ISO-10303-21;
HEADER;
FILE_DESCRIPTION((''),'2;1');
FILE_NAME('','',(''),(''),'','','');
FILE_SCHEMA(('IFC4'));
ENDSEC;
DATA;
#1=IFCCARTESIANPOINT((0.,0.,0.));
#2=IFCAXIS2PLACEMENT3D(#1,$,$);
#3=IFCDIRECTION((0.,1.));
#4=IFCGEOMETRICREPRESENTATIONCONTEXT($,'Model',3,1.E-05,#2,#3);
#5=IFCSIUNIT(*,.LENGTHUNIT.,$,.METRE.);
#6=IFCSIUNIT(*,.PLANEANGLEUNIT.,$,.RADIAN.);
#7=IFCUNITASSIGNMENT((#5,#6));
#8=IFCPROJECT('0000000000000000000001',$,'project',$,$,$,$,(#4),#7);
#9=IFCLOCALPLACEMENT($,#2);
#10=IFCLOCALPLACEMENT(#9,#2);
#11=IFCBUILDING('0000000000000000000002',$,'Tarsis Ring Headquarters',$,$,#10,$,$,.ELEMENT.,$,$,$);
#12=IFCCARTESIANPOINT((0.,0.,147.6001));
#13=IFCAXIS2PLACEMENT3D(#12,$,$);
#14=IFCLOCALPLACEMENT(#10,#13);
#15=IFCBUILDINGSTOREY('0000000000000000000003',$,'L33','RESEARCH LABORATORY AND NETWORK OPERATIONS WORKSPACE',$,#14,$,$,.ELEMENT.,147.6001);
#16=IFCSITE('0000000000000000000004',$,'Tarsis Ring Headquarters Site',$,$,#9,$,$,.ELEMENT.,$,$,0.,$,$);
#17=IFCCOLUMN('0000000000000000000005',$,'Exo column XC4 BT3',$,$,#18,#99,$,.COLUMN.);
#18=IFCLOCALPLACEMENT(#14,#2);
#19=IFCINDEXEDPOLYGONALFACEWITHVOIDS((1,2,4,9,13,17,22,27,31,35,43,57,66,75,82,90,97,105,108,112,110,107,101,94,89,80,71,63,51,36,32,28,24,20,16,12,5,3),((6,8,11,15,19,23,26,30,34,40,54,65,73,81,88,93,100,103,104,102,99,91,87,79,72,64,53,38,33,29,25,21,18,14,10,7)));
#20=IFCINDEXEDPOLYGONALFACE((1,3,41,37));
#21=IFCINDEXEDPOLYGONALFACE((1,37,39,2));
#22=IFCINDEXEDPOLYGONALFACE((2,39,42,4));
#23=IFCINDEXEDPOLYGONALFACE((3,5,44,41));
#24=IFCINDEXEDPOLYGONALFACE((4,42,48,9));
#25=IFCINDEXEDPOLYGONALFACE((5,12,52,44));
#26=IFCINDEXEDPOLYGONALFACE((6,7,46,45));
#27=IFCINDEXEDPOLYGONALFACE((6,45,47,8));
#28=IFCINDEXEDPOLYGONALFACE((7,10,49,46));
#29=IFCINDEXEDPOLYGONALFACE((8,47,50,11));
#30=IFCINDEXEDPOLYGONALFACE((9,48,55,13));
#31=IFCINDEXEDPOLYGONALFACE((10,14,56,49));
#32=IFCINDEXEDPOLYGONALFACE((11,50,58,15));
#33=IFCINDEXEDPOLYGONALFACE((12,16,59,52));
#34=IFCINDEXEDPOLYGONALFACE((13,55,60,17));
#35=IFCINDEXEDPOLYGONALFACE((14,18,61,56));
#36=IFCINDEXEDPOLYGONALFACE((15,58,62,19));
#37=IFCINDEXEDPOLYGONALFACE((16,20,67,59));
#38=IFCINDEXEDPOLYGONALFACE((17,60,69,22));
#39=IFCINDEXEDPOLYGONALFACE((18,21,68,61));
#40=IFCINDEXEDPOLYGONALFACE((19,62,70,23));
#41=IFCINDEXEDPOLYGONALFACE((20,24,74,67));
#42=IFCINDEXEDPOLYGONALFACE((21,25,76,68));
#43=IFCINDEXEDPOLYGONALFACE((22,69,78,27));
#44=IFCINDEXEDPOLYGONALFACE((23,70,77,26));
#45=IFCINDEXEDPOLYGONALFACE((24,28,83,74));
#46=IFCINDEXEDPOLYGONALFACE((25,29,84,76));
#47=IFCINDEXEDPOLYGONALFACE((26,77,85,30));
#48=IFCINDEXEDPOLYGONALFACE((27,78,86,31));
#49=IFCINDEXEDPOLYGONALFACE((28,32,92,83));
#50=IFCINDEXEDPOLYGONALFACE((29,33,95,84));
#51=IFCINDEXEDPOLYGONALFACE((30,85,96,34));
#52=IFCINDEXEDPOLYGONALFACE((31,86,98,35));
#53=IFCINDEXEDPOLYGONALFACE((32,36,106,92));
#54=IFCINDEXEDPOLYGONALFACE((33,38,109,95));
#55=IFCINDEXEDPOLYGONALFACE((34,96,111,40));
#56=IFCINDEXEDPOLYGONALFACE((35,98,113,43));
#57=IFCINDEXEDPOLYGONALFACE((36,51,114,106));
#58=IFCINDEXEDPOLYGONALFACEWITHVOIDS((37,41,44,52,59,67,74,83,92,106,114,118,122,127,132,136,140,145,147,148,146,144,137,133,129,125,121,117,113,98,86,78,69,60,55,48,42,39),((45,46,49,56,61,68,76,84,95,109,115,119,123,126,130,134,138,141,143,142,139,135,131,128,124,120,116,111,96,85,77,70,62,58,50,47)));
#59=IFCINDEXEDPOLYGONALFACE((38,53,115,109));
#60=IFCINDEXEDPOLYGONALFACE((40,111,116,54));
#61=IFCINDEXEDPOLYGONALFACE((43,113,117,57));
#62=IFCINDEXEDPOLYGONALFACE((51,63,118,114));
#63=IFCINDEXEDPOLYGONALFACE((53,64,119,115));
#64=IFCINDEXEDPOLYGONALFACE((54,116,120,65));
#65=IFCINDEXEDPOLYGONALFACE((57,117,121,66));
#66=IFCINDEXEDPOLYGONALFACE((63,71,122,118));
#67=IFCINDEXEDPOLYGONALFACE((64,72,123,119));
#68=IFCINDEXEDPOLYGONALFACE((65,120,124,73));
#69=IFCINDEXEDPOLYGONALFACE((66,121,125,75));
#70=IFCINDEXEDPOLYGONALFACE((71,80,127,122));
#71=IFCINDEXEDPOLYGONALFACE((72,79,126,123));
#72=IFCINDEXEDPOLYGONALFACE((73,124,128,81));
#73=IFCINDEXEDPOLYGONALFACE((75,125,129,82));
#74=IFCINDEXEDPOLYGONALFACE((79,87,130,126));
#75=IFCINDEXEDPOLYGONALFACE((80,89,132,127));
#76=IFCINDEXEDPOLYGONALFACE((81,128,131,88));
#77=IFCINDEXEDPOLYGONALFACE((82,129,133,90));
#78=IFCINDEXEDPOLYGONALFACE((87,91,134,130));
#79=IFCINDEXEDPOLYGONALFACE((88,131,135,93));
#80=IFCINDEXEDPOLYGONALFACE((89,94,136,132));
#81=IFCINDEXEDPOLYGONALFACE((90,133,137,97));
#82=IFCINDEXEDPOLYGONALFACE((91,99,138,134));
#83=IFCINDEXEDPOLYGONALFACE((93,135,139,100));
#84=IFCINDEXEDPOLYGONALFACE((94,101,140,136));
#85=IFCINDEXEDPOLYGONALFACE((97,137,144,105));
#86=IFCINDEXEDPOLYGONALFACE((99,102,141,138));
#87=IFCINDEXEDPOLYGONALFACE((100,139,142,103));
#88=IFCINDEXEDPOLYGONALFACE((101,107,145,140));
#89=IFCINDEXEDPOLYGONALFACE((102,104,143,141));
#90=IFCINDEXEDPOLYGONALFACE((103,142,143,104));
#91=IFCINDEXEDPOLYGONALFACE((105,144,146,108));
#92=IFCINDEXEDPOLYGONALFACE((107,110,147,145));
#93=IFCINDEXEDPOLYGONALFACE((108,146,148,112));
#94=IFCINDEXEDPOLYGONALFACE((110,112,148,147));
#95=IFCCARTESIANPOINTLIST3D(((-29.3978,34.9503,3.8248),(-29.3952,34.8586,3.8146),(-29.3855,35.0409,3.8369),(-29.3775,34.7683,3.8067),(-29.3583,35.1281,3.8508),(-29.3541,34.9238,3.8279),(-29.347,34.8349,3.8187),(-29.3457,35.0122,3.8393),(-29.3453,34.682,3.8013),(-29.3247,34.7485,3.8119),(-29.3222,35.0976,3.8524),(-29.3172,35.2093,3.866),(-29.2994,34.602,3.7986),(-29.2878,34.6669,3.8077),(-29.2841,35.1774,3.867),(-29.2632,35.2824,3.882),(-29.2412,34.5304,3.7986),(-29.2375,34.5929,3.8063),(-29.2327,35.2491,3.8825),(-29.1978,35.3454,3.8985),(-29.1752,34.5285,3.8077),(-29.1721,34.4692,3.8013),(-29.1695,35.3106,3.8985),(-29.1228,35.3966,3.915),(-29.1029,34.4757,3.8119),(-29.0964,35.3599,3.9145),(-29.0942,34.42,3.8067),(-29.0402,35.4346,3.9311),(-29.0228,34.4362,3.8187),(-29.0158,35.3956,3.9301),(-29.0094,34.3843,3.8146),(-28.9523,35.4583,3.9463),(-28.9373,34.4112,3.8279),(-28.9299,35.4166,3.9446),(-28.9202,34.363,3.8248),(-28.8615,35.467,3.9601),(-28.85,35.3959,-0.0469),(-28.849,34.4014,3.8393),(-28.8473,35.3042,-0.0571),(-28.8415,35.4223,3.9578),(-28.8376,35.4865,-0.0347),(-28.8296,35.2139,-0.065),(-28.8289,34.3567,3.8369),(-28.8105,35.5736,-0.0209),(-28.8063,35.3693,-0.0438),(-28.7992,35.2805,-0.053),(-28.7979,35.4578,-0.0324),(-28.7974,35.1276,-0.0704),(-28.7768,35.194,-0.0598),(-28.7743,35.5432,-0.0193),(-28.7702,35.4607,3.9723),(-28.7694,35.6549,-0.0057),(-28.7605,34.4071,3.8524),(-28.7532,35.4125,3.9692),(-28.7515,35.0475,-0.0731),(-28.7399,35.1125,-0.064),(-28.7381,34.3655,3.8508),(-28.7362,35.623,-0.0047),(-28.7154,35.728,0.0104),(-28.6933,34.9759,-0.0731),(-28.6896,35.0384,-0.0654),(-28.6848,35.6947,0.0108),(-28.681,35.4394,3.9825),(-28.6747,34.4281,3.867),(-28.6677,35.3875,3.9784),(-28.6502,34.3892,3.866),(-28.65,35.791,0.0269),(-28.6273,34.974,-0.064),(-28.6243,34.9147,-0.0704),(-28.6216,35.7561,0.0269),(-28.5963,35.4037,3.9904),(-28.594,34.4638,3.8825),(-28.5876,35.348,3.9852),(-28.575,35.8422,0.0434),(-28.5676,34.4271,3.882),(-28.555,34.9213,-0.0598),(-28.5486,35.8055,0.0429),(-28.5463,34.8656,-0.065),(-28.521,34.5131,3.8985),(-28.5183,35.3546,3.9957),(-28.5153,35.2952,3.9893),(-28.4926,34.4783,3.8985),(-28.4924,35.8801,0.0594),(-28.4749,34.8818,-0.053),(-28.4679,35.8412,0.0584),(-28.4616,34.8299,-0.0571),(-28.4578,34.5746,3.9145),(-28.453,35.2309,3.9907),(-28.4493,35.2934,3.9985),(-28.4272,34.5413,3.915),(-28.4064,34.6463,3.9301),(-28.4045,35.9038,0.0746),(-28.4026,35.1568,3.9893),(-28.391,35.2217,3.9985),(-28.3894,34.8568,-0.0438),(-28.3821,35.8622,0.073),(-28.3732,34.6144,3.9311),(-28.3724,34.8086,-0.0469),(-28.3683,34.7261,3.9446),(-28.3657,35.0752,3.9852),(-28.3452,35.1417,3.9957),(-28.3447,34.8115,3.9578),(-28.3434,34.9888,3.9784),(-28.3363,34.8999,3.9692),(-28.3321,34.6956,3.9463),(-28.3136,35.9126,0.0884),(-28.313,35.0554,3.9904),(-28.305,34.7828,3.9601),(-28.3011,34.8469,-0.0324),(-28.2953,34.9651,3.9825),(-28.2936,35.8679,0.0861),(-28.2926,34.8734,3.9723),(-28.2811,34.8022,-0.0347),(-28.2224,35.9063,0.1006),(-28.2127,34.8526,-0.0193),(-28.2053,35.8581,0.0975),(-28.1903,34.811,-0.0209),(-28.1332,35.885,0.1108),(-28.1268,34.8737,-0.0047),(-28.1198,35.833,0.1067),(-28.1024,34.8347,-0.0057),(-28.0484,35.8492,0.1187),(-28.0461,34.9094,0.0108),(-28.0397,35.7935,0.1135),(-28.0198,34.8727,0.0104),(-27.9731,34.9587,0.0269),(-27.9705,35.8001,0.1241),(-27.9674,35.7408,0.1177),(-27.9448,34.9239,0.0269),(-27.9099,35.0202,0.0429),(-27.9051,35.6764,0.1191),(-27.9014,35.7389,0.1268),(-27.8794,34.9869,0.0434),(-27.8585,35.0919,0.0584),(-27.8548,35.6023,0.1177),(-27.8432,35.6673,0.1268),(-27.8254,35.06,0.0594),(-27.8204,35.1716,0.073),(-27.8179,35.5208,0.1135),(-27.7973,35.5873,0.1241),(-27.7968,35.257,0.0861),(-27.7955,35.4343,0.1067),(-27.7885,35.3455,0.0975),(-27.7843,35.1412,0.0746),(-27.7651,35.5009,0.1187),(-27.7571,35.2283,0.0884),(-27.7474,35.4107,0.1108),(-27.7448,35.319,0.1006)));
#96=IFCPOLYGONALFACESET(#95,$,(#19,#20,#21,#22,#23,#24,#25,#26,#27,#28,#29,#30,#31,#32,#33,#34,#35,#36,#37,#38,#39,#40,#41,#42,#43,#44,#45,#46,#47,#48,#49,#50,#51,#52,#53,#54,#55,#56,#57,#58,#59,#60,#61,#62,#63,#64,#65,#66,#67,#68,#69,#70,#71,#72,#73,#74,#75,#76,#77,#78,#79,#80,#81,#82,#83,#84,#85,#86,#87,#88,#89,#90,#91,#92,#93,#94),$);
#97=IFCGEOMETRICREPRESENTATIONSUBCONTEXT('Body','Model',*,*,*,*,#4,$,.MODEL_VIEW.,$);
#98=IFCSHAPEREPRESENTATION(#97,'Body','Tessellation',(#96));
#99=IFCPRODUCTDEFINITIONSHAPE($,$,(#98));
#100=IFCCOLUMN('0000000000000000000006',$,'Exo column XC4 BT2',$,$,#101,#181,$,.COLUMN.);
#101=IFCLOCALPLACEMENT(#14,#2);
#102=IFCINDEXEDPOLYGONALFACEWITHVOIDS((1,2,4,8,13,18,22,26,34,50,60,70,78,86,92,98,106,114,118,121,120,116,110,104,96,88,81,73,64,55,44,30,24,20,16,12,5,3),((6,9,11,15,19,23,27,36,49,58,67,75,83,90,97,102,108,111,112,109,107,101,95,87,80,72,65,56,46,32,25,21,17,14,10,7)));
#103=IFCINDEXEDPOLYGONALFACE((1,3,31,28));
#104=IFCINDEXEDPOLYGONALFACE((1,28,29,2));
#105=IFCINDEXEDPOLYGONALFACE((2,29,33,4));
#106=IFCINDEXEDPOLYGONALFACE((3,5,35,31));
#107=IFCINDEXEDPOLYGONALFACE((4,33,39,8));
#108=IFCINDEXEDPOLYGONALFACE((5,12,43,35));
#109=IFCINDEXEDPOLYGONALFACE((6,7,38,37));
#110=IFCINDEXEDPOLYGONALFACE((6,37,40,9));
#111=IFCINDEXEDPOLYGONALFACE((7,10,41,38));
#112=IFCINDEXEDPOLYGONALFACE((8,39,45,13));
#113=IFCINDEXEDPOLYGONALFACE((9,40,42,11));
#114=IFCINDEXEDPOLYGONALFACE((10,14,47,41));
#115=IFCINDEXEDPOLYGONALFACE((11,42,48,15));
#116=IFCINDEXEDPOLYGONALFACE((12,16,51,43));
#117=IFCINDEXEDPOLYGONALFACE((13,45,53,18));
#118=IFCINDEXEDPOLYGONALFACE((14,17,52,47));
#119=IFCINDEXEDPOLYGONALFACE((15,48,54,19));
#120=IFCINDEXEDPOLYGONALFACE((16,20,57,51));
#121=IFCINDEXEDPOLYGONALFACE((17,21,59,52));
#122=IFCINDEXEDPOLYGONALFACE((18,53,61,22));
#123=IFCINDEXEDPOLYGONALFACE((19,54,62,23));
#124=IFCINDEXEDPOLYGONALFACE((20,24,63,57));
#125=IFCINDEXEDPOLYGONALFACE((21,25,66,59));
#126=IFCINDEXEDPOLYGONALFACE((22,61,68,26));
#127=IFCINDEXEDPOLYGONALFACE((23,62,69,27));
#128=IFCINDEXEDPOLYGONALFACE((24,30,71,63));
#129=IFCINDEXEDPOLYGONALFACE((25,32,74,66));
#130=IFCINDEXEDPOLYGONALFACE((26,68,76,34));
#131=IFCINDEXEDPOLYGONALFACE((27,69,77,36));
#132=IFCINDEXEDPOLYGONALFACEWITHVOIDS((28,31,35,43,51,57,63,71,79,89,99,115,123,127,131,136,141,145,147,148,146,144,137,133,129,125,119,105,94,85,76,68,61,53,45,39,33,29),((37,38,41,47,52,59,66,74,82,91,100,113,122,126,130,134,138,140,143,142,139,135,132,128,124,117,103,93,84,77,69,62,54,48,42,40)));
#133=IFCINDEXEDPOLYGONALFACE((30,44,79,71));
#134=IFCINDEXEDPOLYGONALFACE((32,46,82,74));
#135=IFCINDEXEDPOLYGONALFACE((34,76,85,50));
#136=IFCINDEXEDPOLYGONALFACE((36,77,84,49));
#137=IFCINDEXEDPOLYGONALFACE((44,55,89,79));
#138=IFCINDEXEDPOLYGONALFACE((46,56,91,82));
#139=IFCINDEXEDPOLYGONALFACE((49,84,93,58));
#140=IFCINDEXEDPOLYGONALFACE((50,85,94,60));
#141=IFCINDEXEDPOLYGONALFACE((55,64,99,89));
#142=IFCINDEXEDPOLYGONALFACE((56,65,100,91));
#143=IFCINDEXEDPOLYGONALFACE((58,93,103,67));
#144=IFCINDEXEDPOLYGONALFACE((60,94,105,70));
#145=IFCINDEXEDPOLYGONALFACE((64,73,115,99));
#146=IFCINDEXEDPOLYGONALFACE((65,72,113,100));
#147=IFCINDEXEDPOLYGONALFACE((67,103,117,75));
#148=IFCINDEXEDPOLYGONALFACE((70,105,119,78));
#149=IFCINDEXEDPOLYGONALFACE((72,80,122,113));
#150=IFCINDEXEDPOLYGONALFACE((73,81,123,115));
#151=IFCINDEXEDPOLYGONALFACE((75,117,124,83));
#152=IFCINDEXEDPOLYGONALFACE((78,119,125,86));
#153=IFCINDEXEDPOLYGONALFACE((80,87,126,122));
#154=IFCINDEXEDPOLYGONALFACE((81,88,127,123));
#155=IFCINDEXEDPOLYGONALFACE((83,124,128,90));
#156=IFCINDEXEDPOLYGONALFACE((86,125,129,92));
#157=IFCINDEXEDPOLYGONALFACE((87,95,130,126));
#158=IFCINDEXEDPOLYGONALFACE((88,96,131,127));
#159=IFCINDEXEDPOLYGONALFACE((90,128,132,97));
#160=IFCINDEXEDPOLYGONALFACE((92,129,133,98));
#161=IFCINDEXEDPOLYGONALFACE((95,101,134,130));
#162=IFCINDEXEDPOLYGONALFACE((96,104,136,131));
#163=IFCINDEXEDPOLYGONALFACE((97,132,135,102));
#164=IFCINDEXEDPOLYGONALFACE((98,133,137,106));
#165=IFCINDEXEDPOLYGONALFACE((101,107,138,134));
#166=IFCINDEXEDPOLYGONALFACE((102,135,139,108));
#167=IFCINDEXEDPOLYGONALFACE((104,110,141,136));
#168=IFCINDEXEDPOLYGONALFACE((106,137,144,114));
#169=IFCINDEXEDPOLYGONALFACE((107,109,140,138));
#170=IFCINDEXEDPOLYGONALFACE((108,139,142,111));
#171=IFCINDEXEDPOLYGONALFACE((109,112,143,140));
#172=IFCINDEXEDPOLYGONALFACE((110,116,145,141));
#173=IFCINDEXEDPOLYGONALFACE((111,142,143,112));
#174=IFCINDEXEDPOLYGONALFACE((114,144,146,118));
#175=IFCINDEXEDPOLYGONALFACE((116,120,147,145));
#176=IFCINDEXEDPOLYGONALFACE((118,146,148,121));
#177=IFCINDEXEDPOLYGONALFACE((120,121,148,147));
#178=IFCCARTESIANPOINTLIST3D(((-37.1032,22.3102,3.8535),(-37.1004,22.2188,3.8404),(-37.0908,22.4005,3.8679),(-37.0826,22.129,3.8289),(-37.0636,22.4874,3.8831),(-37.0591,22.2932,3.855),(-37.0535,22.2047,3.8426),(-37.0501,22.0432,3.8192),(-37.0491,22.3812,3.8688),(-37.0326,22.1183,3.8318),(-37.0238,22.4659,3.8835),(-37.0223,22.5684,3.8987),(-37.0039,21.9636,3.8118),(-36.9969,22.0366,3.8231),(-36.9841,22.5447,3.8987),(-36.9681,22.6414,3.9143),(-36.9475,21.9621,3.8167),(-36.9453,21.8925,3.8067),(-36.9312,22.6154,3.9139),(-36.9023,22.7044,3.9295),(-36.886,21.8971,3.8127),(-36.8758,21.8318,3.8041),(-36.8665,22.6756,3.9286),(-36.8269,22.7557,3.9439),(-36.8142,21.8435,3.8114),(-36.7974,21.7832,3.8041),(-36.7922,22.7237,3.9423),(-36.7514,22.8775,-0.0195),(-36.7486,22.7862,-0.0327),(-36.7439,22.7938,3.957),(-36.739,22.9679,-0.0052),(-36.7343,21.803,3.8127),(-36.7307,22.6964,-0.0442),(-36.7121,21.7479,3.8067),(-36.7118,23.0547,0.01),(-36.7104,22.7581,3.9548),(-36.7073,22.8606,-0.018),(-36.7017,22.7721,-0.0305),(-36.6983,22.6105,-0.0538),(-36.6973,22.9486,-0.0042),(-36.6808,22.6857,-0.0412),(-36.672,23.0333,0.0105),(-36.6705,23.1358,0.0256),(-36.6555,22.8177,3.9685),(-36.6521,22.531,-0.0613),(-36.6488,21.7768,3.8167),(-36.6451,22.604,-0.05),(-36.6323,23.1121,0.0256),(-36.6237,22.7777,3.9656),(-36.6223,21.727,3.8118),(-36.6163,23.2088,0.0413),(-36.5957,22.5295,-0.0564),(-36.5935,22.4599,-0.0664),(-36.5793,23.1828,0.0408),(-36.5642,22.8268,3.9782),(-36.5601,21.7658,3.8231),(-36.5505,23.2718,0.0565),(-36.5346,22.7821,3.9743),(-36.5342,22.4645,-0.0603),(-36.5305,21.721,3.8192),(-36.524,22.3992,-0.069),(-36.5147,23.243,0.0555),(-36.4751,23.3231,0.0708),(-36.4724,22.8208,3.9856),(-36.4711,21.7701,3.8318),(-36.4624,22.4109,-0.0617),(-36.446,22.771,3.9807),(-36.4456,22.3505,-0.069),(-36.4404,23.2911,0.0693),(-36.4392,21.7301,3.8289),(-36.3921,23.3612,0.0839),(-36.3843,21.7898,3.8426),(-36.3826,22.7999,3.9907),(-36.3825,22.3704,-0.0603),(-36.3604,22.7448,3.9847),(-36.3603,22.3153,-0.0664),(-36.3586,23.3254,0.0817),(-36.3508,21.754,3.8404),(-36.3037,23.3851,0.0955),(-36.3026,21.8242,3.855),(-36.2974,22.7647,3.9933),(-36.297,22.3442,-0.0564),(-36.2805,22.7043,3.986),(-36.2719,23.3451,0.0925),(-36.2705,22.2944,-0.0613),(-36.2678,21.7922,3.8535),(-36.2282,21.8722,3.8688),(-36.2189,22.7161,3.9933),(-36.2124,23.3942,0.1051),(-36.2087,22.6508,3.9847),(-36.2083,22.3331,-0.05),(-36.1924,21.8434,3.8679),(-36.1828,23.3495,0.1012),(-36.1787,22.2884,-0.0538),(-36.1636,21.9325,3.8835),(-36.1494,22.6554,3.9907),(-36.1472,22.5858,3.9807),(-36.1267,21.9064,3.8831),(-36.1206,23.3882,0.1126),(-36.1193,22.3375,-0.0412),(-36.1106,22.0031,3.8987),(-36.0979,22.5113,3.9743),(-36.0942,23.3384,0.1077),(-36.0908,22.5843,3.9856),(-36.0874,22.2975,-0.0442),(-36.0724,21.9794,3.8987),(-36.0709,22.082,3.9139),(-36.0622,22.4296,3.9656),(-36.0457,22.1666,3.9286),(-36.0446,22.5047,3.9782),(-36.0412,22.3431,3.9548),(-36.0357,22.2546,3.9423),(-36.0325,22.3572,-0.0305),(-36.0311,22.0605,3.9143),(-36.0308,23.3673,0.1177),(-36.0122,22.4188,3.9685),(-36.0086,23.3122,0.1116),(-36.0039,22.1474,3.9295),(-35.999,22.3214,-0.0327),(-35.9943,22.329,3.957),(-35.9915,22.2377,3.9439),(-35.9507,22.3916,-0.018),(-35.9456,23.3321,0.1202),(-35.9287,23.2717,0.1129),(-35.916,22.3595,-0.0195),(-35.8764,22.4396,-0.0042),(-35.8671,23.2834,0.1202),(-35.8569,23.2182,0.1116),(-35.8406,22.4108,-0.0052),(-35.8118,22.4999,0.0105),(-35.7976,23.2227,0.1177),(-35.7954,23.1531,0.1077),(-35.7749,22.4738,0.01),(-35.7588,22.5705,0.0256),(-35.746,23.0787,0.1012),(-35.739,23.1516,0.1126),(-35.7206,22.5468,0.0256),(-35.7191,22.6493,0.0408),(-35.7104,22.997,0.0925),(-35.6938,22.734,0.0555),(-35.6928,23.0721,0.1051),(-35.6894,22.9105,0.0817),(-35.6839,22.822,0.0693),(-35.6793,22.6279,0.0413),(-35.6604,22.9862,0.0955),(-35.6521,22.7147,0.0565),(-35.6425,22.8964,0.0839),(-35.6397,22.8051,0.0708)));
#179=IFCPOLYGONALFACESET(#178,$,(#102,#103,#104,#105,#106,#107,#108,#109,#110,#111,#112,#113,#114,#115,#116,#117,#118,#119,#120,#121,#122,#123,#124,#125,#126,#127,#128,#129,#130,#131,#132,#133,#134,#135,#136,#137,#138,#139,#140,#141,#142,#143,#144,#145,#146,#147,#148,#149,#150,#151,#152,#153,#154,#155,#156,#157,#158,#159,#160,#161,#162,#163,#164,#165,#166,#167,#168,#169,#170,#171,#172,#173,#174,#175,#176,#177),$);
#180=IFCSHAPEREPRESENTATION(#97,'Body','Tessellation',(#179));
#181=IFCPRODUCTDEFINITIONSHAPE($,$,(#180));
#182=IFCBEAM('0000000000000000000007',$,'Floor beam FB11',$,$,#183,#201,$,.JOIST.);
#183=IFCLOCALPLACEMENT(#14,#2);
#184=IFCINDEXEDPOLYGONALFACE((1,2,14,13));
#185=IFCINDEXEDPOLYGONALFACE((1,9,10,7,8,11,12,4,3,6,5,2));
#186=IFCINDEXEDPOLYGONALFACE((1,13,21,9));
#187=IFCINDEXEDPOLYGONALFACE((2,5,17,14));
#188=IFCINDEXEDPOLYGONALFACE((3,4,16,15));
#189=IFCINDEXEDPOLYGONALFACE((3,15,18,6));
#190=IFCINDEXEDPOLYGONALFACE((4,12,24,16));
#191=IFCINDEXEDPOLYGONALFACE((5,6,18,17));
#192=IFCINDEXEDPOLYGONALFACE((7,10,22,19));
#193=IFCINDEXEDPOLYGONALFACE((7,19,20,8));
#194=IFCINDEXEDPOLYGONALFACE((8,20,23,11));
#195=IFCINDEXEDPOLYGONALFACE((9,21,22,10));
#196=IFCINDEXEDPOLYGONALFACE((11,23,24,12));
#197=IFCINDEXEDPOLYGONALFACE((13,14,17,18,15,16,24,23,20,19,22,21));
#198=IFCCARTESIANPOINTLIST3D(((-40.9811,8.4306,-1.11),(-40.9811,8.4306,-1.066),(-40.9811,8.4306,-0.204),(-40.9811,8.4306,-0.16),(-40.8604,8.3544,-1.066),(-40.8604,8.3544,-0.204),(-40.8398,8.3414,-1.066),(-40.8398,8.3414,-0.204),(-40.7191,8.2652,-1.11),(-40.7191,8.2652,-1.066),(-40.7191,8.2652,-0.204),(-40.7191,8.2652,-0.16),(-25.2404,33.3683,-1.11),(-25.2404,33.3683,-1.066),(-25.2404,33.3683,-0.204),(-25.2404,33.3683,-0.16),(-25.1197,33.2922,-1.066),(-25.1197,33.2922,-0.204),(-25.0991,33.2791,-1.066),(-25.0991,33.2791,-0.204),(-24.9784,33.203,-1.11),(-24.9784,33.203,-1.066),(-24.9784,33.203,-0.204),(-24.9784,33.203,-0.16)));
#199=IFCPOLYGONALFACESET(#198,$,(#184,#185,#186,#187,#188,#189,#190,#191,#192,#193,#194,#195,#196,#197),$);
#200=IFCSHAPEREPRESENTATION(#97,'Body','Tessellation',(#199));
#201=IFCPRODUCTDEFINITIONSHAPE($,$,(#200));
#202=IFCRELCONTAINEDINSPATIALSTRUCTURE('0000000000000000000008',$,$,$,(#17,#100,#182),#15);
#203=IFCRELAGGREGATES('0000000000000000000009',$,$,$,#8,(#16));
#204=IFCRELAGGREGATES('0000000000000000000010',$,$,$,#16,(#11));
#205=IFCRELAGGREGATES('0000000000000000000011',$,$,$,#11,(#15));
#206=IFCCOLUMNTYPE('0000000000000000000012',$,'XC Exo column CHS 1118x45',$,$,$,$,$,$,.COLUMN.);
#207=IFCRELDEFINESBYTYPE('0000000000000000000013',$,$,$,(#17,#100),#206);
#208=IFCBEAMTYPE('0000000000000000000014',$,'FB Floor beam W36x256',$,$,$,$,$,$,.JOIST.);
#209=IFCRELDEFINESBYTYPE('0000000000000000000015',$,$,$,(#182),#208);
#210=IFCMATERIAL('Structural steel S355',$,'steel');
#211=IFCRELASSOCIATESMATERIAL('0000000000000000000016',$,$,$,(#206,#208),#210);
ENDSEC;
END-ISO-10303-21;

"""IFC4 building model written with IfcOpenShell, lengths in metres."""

from ifc_helpers import new_model, si_unit, direction, frame, origin, origin_2d, place, context, subcontext, project, spatial, hollow_circle, i_section, extrude, material, material_profile, profile_set, type_object, element, save


model = new_model("IFC4")

# Units and contexts
model_context = context("Model", 3, precision=1e-05, world=origin(), true_north=direction((0.0, 1.0)))
body_context = subcontext(model_context, "Body", "Model", "MODEL_VIEW")
ifc_project = project(units=[si_unit("LENGTHUNIT", "METRE"), si_unit("PLANEANGLEUNIT", "RADIAN")], contexts=[model_context])

# Site, building, storey
site_placement = place(None, origin())
site = spatial("IfcSite", under=ifc_project, at=site_placement, Name="Tarsis Ring Headquarters Site", CompositionType="ELEMENT", RefElevation=0.0)
building_placement = place(site_placement, origin())
building = spatial("IfcBuilding", under=site, at=building_placement, Name="Tarsis Ring Headquarters", CompositionType="ELEMENT")
storey_placement = place(building_placement, frame((0.0, 0.0, 147.6001)))
storey = spatial("IfcBuildingStorey", under=building, at=storey_placement, Name="L33", Description="RESEARCH LABORATORY AND NETWORK OPERATIONS WORKSPACE", CompositionType="ELEMENT", Elevation=147.6001)

# Columns
ifc_material_1 = material(Name="Structural steel S355", Category="steel")
ifc_material_profile_1 = material_profile(ifc_material_1, hollow_circle(Radius=0.5588, WallThickness=0.0449, at=origin_2d()), Name="CHS 1118x45")
ifc_profile_set_1 = profile_set([ifc_material_profile_1], Name="Structural steel S355")
column_type = type_object("IfcColumnType", Name="XC Exo column CHS 1118x45", PredefinedType="COLUMN", material=ifc_profile_set_1)
column_1_placement = place(storey_placement, frame((-28.2974, 35.3574, 0.0269), z_axis=(-0.139209, -0.113216, 0.98377), x_axis=(0.630957, -0.775818, 0.0)))
element("IfcColumn", 1, at=column_1_placement, inside=storey, type_object=column_type, Name="Exo column XC4 BT3", PredefinedType="COLUMN", context=body_context, shape_type="SweptSolid", body=[
    extrude(hollow_circle(Radius=0.5588, WallThickness=0.0449, at=origin_2d()), origin(), (0.0, 0.0, 1.0), 3.9355),
])
column_2_placement = place(storey_placement, frame((-36.1956, 22.8413, 0.0256), z_axis=(-0.089515, -0.144366, 0.985467), x_axis=(0.849883, -0.526971, 0.0)))
element("IfcColumn", 2, at=column_2_placement, inside=storey, type_object=column_type, Name="Exo column XC4 BT2", PredefinedType="COLUMN", context=body_context, shape_type="SweptSolid", body=[
    extrude(hollow_circle(Radius=0.5588, WallThickness=0.0449, at=origin_2d()), origin(), (0.0, 0.0, 1.0), 3.9302),
])

# Beam
ifc_material_profile_2 = material_profile(ifc_material_1, i_section(OverallWidth=0.3098, OverallDepth=0.95, WebThickness=0.0244, FlangeThickness=0.0439, at=origin_2d()), Name="W36x256")
ifc_profile_set_2 = profile_set([ifc_material_profile_2], Name="Structural steel S355")
beam_type_1 = type_object("IfcBeamType", Name="FB Floor beam W36x256", PredefinedType="JOIST", material=ifc_profile_set_2)
beam_placement = place(storey_placement, frame((-25.1094, 33.2856, -0.635), z_axis=(-0.533764, -0.845633, 0.0), x_axis=(0.845633, -0.533764, 0.0)))
element("IfcBeam", 3, at=beam_placement, inside=storey, type_object=beam_type_1, Name="Floor beam FB11", PredefinedType="JOIST", context=body_context, shape_type="SweptSolid", body=[
    extrude(i_section(OverallWidth=0.3098, OverallDepth=0.95, WebThickness=0.0244, FlangeThickness=0.0439, at=origin_2d()), origin(), (0.0, 0.0, 1.0), 29.49),
])

save(model, "model.ifc")
